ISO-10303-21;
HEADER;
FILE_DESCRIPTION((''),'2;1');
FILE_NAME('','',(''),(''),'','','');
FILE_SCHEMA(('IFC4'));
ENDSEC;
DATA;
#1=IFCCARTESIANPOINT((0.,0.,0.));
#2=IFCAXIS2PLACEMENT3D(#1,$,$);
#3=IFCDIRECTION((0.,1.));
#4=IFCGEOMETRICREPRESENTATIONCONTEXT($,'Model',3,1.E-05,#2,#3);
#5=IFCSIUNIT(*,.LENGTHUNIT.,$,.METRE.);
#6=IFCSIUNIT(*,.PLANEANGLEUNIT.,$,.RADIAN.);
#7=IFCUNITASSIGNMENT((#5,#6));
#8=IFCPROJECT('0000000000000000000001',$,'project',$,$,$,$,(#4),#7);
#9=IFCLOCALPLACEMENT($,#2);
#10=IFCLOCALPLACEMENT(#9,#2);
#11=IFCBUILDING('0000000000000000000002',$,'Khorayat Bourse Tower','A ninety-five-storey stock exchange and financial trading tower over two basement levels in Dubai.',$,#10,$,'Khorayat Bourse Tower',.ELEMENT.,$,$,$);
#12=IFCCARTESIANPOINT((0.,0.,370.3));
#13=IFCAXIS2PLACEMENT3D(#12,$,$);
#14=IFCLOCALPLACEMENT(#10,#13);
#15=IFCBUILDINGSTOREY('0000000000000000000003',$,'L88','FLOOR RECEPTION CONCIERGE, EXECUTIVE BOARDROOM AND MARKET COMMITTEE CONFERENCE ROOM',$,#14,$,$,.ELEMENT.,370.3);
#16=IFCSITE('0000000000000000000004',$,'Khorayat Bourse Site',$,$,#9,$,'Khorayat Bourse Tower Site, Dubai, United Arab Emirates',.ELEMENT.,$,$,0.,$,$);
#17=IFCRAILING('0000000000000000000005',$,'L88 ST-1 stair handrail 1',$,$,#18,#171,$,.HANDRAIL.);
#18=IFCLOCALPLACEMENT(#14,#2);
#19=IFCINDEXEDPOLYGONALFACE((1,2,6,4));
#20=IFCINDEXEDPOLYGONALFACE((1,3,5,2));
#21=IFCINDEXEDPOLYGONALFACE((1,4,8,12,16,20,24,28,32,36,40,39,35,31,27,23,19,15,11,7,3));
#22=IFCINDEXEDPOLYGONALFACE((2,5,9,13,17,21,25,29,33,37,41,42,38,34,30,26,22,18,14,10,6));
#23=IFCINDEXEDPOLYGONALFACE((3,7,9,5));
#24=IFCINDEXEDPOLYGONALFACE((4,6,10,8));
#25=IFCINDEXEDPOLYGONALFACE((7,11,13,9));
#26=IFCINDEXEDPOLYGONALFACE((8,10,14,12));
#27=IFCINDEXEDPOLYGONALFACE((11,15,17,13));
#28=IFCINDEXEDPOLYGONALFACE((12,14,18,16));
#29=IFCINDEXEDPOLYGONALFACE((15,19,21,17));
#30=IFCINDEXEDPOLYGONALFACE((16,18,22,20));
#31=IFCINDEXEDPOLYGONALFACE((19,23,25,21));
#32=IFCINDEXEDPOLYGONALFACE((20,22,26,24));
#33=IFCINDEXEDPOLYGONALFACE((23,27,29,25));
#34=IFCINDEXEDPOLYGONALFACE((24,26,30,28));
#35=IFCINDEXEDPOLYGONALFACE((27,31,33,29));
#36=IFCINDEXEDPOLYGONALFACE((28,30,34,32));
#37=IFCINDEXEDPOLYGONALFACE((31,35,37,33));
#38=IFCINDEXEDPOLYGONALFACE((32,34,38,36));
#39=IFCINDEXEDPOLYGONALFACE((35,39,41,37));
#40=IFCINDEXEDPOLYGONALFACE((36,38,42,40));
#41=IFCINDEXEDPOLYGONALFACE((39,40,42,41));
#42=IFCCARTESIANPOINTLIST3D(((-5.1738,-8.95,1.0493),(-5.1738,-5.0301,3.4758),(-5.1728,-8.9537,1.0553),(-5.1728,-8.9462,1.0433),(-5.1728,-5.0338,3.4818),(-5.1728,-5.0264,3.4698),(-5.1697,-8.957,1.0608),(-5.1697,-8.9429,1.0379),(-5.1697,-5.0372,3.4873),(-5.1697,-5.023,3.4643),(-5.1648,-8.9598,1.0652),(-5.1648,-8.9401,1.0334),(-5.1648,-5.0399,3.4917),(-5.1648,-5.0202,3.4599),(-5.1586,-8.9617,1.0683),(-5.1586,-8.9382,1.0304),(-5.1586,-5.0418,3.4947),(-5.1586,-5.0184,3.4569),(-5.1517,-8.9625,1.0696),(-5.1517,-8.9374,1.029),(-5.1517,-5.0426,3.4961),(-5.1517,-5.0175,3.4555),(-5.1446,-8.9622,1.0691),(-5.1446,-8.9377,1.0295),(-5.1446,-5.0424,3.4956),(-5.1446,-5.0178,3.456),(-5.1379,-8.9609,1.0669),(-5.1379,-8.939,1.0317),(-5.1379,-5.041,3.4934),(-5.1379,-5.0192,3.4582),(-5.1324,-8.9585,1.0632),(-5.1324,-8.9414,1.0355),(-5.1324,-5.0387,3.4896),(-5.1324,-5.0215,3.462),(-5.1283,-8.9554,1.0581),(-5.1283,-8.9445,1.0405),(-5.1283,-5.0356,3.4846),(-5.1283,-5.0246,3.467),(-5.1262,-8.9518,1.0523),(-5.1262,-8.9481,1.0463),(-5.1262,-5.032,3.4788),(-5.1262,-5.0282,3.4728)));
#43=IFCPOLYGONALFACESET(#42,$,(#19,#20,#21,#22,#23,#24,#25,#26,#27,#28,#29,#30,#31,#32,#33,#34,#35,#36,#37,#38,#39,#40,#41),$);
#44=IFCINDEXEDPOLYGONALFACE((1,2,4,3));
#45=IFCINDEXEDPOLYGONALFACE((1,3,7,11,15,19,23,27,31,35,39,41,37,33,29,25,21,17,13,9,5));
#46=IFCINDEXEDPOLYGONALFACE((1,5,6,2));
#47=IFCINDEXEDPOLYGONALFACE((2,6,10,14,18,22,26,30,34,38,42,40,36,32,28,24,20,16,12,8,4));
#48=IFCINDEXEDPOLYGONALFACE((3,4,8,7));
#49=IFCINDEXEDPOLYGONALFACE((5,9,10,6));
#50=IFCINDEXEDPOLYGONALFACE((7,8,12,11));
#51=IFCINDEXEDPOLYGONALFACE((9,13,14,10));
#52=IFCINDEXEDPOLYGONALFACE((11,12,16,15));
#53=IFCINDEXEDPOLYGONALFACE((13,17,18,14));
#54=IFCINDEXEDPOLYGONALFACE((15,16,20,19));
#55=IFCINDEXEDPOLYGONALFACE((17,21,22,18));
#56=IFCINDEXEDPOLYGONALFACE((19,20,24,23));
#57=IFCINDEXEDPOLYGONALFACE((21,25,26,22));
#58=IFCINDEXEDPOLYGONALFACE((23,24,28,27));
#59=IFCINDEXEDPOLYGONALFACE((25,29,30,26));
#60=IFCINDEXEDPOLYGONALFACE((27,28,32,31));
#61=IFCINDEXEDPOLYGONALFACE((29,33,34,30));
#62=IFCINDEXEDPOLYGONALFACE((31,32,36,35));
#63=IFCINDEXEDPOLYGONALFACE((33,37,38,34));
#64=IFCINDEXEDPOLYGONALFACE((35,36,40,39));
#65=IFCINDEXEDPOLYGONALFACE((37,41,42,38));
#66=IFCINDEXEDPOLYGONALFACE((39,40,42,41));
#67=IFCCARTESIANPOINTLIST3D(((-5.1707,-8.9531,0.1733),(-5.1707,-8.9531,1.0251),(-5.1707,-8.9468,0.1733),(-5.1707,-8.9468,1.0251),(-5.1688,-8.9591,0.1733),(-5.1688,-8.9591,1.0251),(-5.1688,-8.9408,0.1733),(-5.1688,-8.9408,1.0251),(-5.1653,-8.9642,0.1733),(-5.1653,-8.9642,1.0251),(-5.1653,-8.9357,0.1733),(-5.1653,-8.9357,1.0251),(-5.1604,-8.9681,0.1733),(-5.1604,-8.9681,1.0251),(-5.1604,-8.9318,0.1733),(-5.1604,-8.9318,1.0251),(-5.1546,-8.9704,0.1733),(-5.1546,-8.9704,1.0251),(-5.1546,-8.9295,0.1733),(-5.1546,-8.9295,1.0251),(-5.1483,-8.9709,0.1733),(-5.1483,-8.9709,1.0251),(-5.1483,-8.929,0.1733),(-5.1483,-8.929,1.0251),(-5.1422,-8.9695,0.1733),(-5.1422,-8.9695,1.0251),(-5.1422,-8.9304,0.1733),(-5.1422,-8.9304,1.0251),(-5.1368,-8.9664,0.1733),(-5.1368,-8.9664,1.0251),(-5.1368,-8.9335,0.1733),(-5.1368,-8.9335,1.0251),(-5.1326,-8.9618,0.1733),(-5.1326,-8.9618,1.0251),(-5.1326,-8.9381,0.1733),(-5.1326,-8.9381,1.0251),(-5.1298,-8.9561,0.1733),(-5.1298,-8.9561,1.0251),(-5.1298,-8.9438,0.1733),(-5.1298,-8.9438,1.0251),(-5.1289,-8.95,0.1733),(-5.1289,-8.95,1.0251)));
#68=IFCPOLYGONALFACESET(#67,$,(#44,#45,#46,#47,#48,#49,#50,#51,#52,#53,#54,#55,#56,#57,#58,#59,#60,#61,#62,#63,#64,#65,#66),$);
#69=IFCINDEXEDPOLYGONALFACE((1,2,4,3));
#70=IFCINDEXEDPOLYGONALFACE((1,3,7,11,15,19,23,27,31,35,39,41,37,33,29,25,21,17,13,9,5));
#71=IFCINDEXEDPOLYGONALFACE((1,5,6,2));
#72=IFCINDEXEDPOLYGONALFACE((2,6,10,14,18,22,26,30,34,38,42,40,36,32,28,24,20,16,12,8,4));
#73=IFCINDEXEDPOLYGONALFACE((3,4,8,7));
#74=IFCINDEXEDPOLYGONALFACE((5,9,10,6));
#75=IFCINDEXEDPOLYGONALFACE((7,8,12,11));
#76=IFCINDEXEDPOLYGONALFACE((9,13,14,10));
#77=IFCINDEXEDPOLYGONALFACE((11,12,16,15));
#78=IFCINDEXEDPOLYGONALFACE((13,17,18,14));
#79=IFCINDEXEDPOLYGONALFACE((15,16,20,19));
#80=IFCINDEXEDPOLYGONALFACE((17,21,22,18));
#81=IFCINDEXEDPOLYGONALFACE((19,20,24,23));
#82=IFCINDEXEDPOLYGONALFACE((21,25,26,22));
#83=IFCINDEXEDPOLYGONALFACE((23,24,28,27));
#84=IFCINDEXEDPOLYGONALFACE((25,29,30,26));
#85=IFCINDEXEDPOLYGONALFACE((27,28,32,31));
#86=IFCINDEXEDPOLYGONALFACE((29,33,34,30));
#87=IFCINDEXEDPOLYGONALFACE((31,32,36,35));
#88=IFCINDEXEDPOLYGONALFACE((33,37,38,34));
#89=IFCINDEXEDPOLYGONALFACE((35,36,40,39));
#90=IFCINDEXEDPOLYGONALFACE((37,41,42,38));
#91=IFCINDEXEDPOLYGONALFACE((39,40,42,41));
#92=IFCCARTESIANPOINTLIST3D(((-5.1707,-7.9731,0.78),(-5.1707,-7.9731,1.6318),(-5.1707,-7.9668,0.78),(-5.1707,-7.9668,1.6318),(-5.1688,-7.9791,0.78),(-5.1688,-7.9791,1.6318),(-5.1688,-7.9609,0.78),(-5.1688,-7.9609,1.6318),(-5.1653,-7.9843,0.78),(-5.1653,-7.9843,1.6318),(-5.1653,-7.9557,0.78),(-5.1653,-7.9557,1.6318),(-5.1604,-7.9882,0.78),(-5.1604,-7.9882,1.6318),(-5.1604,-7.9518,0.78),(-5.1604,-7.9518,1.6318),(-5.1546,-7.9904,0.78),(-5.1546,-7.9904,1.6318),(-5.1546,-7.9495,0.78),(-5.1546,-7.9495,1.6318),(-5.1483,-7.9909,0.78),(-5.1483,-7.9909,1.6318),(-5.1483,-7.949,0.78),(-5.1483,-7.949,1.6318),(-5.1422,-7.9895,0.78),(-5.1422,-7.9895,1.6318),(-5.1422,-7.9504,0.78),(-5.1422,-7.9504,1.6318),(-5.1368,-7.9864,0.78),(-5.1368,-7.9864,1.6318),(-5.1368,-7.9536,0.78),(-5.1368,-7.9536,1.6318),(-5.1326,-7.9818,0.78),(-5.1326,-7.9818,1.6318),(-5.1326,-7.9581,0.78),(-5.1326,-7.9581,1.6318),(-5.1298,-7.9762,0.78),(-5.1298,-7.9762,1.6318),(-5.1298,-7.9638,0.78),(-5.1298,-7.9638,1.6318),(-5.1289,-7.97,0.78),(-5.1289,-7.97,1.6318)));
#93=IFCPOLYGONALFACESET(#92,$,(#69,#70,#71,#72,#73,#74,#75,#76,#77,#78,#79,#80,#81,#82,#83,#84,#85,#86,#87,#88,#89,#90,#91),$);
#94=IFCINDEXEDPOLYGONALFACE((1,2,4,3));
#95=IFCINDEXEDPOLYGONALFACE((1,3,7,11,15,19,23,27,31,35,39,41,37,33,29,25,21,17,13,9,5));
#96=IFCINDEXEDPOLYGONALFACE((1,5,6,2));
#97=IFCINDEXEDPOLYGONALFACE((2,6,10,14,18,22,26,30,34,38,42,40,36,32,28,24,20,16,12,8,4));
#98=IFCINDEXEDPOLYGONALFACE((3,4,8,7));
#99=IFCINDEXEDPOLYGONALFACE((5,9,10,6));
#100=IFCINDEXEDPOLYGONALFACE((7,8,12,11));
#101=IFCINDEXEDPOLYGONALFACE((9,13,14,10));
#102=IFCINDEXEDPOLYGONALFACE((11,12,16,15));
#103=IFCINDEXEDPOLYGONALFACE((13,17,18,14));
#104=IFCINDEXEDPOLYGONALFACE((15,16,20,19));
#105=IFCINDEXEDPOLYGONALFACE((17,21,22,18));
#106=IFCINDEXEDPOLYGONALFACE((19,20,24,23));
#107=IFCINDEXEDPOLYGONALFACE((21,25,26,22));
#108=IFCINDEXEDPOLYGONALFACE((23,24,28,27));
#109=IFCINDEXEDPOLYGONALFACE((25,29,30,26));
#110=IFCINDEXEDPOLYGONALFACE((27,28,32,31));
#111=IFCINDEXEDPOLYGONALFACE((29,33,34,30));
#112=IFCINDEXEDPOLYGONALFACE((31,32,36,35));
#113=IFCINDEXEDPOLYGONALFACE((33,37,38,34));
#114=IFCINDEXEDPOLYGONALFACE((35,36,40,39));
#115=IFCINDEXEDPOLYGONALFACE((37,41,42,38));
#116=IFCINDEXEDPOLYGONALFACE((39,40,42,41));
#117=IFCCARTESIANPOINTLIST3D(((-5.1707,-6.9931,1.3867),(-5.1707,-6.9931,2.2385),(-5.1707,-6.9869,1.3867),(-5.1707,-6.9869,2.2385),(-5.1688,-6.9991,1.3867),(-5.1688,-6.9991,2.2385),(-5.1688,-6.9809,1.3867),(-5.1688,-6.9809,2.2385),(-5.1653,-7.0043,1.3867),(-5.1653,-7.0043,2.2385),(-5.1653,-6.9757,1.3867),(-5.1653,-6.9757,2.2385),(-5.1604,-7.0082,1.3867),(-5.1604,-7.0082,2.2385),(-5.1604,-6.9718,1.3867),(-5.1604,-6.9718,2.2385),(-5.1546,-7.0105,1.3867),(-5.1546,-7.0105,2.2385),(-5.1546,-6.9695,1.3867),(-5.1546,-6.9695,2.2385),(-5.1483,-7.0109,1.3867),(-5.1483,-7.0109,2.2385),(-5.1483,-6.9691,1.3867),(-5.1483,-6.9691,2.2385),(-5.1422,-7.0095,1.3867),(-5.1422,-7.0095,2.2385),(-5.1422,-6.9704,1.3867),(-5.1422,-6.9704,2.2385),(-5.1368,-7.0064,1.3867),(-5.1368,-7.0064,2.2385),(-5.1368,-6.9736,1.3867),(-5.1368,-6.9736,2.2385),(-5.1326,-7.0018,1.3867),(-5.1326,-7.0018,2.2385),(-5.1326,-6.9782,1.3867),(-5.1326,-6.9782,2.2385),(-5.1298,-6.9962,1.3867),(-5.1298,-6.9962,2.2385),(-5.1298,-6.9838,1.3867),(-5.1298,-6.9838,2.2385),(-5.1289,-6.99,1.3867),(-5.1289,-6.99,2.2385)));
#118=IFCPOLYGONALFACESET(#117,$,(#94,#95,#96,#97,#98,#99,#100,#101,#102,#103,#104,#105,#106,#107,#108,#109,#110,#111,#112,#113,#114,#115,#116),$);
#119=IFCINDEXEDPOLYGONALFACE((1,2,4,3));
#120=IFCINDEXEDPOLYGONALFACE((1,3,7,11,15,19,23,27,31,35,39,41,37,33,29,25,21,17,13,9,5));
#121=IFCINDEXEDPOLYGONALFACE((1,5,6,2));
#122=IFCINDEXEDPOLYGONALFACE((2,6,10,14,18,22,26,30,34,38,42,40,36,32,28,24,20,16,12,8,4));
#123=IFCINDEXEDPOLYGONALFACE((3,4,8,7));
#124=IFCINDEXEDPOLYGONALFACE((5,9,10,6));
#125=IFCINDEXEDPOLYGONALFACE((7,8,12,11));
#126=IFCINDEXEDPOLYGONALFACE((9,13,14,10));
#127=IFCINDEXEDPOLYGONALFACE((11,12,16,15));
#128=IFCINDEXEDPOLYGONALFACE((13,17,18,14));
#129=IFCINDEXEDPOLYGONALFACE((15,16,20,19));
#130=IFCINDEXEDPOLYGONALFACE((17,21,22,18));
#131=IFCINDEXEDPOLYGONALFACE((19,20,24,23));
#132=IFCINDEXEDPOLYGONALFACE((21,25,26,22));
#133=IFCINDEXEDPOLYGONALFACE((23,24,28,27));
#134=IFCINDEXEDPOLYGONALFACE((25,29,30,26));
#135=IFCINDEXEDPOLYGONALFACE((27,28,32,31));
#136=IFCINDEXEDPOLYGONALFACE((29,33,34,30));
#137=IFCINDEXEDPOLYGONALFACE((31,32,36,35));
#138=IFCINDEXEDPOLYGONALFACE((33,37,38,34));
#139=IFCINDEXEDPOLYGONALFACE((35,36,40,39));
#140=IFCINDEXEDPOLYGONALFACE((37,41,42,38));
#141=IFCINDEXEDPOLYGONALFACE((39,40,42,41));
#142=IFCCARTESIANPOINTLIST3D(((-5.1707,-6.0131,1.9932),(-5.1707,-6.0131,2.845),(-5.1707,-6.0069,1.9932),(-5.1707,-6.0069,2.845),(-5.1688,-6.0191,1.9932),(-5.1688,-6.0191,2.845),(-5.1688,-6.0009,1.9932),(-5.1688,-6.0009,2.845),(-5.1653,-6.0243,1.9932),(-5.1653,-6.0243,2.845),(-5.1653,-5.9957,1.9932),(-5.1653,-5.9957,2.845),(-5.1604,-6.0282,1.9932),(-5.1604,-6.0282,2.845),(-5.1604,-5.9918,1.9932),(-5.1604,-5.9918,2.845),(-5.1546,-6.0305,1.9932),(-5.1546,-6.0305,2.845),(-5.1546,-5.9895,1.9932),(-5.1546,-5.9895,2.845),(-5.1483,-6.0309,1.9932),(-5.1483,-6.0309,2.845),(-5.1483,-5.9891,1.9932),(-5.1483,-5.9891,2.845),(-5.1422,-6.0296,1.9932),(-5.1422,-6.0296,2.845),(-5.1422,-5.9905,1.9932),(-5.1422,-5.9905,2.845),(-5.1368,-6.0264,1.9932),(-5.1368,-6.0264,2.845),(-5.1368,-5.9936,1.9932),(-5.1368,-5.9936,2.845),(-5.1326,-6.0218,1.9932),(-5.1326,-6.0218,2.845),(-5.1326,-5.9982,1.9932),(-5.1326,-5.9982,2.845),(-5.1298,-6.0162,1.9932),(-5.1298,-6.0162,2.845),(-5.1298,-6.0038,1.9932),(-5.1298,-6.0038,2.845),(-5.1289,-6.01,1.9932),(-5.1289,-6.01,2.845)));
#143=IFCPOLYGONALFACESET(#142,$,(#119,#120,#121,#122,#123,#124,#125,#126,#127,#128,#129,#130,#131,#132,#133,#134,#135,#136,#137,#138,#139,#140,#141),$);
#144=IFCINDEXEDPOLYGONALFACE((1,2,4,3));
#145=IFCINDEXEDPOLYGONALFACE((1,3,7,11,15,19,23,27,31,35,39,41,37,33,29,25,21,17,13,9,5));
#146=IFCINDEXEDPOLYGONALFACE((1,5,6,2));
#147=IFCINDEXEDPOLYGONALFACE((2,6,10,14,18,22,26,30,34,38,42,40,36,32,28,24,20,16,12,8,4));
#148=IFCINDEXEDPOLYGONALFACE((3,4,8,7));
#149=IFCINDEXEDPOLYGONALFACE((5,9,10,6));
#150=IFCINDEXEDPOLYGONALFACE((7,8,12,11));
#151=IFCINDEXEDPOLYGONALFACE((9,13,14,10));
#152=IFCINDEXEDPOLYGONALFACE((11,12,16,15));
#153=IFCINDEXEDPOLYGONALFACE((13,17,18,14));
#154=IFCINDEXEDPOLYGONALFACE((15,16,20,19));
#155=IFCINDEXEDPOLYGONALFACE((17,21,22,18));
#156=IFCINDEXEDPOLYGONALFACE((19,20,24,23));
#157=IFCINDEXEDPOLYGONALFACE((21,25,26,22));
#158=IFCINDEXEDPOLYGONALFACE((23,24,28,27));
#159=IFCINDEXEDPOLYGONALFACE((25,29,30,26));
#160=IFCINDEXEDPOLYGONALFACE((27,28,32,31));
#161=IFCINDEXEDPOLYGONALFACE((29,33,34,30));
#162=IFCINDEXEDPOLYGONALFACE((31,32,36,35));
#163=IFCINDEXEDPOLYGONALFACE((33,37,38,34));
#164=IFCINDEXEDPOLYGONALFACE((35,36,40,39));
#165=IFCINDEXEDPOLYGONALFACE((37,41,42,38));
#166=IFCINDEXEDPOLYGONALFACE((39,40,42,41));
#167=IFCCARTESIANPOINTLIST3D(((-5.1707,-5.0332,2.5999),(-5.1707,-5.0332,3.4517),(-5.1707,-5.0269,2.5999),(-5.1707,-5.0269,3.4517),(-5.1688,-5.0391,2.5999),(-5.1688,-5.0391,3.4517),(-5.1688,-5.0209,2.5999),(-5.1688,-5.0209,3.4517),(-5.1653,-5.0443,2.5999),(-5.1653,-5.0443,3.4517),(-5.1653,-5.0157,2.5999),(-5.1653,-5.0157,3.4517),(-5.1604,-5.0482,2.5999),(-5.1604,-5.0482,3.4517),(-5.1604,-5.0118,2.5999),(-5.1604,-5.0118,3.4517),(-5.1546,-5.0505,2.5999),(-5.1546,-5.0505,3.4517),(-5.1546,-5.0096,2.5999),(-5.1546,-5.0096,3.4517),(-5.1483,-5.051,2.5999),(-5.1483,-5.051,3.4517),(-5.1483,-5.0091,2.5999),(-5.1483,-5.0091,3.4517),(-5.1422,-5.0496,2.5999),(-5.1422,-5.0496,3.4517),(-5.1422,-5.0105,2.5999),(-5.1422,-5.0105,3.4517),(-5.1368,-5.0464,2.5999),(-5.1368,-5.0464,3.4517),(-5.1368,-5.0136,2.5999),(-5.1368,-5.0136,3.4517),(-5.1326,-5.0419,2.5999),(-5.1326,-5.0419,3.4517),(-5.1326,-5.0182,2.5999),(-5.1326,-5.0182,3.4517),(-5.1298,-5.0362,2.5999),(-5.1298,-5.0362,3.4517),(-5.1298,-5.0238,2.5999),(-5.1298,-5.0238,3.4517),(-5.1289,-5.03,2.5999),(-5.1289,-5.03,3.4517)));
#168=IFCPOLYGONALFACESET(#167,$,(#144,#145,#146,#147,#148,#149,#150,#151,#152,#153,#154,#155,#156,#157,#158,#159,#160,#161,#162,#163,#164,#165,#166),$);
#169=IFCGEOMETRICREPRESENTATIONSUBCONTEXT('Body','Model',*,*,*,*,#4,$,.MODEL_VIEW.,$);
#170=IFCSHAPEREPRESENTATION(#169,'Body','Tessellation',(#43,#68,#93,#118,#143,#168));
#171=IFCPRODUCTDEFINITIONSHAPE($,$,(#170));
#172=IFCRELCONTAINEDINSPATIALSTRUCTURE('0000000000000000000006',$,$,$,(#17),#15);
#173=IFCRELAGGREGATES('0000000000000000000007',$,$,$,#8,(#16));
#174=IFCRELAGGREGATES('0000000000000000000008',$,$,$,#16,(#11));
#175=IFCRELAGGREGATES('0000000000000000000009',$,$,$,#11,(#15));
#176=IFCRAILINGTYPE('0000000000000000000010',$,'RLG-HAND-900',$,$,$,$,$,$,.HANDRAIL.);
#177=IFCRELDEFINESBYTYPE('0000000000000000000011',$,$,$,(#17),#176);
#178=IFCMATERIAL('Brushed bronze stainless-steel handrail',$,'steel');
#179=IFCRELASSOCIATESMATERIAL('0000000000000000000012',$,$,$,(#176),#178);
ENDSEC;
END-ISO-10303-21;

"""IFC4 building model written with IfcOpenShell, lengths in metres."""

from ifc_helpers import new_model, si_unit, direction, frame, origin, origin_2d, place, context, subcontext, project, spatial, circle, extrude, source, transform, mapped, material, type_object, element, save


model = new_model("IFC4")

# Units and contexts
model_context = context("Model", 3, precision=1e-05, world=origin(), true_north=direction((0.0, 1.0)))
body_context = subcontext(model_context, "Body", "Model", "MODEL_VIEW")
ifc_project = project(units=[si_unit("LENGTHUNIT", "METRE"), si_unit("PLANEANGLEUNIT", "RADIAN")], contexts=[model_context])

# Site, building, storey
site_placement = place(None, origin())
site = spatial("IfcSite", under=ifc_project, at=site_placement, Name="Khorayat Bourse Site", LongName="Khorayat Bourse Tower Site, Dubai, United Arab Emirates", CompositionType="ELEMENT", RefElevation=0.0)
building_placement = place(site_placement, origin())
building = spatial("IfcBuilding", under=site, at=building_placement, Name="Khorayat Bourse Tower", Description="A ninety-five-storey stock exchange and financial trading tower over two basement levels in Dubai.", LongName="Khorayat Bourse Tower", CompositionType="ELEMENT")
storey_placement = place(building_placement, frame((0.0, 0.0, 370.3)))
storey = spatial("IfcBuildingStorey", under=building, at=storey_placement, Name="L88", Description="FLOOR RECEPTION CONCIERGE, EXECUTIVE BOARDROOM AND MARKET COMMITTEE CONFERENCE ROOM", CompositionType="ELEMENT", Elevation=370.3)

# Railing
ifc_material_1 = material(Name="Brushed bronze stainless-steel handrail", Category="steel")
railing_type_1 = type_object("IfcRailingType", Name="RLG-HAND-900", PredefinedType="HANDRAIL", material=ifc_material_1)
shared_shape_1 = source(origin(), body_context, "Body", "SweptSolid", [
    extrude(circle(Radius=0.0239, at=origin_2d()), frame((0.0, 0.0, 0.876), z_axis=(0.0, 0.850275, 0.526338), x_axis=(-1.0, 0.0, 0.0)), (0.0, 0.0, 1.0), 4.6101),
    extrude(circle(Radius=0.021, at=origin_2d()), origin(), (0.0, 0.0, 1.0), 0.8518),
    extrude(circle(Radius=0.021, at=origin_2d()), frame((0.0, 0.98, 0.6067)), (0.0, 0.0, 1.0), 0.8518),
    extrude(circle(Radius=0.021, at=origin_2d()), frame((0.0, 1.96, 1.2134)), (0.0, 0.0, 1.0), 0.8518),
    extrude(circle(Radius=0.021, at=origin_2d()), frame((0.0, 2.9399, 1.8198)), (0.0, 0.0, 1.0), 0.8518),
    extrude(circle(Radius=0.021, at=origin_2d()), frame((0.0, 3.9199, 2.4265)), (0.0, 0.0, 1.0), 0.8518),
])
railing_1_placement = place(storey_placement, frame((-5.1499, -8.95, 0.1733)))
element("IfcRailing", 1, at=railing_1_placement, inside=storey, type_object=railing_type_1, Name="L88 ST-1 stair handrail 1", PredefinedType="HANDRAIL", context=body_context, shape_type="MappedRepresentation", body=[
    mapped(shared_shape_1, transform((0.0, 0.0, 0.0), scale=1.0)),
])

save(model, "model.ifc")
